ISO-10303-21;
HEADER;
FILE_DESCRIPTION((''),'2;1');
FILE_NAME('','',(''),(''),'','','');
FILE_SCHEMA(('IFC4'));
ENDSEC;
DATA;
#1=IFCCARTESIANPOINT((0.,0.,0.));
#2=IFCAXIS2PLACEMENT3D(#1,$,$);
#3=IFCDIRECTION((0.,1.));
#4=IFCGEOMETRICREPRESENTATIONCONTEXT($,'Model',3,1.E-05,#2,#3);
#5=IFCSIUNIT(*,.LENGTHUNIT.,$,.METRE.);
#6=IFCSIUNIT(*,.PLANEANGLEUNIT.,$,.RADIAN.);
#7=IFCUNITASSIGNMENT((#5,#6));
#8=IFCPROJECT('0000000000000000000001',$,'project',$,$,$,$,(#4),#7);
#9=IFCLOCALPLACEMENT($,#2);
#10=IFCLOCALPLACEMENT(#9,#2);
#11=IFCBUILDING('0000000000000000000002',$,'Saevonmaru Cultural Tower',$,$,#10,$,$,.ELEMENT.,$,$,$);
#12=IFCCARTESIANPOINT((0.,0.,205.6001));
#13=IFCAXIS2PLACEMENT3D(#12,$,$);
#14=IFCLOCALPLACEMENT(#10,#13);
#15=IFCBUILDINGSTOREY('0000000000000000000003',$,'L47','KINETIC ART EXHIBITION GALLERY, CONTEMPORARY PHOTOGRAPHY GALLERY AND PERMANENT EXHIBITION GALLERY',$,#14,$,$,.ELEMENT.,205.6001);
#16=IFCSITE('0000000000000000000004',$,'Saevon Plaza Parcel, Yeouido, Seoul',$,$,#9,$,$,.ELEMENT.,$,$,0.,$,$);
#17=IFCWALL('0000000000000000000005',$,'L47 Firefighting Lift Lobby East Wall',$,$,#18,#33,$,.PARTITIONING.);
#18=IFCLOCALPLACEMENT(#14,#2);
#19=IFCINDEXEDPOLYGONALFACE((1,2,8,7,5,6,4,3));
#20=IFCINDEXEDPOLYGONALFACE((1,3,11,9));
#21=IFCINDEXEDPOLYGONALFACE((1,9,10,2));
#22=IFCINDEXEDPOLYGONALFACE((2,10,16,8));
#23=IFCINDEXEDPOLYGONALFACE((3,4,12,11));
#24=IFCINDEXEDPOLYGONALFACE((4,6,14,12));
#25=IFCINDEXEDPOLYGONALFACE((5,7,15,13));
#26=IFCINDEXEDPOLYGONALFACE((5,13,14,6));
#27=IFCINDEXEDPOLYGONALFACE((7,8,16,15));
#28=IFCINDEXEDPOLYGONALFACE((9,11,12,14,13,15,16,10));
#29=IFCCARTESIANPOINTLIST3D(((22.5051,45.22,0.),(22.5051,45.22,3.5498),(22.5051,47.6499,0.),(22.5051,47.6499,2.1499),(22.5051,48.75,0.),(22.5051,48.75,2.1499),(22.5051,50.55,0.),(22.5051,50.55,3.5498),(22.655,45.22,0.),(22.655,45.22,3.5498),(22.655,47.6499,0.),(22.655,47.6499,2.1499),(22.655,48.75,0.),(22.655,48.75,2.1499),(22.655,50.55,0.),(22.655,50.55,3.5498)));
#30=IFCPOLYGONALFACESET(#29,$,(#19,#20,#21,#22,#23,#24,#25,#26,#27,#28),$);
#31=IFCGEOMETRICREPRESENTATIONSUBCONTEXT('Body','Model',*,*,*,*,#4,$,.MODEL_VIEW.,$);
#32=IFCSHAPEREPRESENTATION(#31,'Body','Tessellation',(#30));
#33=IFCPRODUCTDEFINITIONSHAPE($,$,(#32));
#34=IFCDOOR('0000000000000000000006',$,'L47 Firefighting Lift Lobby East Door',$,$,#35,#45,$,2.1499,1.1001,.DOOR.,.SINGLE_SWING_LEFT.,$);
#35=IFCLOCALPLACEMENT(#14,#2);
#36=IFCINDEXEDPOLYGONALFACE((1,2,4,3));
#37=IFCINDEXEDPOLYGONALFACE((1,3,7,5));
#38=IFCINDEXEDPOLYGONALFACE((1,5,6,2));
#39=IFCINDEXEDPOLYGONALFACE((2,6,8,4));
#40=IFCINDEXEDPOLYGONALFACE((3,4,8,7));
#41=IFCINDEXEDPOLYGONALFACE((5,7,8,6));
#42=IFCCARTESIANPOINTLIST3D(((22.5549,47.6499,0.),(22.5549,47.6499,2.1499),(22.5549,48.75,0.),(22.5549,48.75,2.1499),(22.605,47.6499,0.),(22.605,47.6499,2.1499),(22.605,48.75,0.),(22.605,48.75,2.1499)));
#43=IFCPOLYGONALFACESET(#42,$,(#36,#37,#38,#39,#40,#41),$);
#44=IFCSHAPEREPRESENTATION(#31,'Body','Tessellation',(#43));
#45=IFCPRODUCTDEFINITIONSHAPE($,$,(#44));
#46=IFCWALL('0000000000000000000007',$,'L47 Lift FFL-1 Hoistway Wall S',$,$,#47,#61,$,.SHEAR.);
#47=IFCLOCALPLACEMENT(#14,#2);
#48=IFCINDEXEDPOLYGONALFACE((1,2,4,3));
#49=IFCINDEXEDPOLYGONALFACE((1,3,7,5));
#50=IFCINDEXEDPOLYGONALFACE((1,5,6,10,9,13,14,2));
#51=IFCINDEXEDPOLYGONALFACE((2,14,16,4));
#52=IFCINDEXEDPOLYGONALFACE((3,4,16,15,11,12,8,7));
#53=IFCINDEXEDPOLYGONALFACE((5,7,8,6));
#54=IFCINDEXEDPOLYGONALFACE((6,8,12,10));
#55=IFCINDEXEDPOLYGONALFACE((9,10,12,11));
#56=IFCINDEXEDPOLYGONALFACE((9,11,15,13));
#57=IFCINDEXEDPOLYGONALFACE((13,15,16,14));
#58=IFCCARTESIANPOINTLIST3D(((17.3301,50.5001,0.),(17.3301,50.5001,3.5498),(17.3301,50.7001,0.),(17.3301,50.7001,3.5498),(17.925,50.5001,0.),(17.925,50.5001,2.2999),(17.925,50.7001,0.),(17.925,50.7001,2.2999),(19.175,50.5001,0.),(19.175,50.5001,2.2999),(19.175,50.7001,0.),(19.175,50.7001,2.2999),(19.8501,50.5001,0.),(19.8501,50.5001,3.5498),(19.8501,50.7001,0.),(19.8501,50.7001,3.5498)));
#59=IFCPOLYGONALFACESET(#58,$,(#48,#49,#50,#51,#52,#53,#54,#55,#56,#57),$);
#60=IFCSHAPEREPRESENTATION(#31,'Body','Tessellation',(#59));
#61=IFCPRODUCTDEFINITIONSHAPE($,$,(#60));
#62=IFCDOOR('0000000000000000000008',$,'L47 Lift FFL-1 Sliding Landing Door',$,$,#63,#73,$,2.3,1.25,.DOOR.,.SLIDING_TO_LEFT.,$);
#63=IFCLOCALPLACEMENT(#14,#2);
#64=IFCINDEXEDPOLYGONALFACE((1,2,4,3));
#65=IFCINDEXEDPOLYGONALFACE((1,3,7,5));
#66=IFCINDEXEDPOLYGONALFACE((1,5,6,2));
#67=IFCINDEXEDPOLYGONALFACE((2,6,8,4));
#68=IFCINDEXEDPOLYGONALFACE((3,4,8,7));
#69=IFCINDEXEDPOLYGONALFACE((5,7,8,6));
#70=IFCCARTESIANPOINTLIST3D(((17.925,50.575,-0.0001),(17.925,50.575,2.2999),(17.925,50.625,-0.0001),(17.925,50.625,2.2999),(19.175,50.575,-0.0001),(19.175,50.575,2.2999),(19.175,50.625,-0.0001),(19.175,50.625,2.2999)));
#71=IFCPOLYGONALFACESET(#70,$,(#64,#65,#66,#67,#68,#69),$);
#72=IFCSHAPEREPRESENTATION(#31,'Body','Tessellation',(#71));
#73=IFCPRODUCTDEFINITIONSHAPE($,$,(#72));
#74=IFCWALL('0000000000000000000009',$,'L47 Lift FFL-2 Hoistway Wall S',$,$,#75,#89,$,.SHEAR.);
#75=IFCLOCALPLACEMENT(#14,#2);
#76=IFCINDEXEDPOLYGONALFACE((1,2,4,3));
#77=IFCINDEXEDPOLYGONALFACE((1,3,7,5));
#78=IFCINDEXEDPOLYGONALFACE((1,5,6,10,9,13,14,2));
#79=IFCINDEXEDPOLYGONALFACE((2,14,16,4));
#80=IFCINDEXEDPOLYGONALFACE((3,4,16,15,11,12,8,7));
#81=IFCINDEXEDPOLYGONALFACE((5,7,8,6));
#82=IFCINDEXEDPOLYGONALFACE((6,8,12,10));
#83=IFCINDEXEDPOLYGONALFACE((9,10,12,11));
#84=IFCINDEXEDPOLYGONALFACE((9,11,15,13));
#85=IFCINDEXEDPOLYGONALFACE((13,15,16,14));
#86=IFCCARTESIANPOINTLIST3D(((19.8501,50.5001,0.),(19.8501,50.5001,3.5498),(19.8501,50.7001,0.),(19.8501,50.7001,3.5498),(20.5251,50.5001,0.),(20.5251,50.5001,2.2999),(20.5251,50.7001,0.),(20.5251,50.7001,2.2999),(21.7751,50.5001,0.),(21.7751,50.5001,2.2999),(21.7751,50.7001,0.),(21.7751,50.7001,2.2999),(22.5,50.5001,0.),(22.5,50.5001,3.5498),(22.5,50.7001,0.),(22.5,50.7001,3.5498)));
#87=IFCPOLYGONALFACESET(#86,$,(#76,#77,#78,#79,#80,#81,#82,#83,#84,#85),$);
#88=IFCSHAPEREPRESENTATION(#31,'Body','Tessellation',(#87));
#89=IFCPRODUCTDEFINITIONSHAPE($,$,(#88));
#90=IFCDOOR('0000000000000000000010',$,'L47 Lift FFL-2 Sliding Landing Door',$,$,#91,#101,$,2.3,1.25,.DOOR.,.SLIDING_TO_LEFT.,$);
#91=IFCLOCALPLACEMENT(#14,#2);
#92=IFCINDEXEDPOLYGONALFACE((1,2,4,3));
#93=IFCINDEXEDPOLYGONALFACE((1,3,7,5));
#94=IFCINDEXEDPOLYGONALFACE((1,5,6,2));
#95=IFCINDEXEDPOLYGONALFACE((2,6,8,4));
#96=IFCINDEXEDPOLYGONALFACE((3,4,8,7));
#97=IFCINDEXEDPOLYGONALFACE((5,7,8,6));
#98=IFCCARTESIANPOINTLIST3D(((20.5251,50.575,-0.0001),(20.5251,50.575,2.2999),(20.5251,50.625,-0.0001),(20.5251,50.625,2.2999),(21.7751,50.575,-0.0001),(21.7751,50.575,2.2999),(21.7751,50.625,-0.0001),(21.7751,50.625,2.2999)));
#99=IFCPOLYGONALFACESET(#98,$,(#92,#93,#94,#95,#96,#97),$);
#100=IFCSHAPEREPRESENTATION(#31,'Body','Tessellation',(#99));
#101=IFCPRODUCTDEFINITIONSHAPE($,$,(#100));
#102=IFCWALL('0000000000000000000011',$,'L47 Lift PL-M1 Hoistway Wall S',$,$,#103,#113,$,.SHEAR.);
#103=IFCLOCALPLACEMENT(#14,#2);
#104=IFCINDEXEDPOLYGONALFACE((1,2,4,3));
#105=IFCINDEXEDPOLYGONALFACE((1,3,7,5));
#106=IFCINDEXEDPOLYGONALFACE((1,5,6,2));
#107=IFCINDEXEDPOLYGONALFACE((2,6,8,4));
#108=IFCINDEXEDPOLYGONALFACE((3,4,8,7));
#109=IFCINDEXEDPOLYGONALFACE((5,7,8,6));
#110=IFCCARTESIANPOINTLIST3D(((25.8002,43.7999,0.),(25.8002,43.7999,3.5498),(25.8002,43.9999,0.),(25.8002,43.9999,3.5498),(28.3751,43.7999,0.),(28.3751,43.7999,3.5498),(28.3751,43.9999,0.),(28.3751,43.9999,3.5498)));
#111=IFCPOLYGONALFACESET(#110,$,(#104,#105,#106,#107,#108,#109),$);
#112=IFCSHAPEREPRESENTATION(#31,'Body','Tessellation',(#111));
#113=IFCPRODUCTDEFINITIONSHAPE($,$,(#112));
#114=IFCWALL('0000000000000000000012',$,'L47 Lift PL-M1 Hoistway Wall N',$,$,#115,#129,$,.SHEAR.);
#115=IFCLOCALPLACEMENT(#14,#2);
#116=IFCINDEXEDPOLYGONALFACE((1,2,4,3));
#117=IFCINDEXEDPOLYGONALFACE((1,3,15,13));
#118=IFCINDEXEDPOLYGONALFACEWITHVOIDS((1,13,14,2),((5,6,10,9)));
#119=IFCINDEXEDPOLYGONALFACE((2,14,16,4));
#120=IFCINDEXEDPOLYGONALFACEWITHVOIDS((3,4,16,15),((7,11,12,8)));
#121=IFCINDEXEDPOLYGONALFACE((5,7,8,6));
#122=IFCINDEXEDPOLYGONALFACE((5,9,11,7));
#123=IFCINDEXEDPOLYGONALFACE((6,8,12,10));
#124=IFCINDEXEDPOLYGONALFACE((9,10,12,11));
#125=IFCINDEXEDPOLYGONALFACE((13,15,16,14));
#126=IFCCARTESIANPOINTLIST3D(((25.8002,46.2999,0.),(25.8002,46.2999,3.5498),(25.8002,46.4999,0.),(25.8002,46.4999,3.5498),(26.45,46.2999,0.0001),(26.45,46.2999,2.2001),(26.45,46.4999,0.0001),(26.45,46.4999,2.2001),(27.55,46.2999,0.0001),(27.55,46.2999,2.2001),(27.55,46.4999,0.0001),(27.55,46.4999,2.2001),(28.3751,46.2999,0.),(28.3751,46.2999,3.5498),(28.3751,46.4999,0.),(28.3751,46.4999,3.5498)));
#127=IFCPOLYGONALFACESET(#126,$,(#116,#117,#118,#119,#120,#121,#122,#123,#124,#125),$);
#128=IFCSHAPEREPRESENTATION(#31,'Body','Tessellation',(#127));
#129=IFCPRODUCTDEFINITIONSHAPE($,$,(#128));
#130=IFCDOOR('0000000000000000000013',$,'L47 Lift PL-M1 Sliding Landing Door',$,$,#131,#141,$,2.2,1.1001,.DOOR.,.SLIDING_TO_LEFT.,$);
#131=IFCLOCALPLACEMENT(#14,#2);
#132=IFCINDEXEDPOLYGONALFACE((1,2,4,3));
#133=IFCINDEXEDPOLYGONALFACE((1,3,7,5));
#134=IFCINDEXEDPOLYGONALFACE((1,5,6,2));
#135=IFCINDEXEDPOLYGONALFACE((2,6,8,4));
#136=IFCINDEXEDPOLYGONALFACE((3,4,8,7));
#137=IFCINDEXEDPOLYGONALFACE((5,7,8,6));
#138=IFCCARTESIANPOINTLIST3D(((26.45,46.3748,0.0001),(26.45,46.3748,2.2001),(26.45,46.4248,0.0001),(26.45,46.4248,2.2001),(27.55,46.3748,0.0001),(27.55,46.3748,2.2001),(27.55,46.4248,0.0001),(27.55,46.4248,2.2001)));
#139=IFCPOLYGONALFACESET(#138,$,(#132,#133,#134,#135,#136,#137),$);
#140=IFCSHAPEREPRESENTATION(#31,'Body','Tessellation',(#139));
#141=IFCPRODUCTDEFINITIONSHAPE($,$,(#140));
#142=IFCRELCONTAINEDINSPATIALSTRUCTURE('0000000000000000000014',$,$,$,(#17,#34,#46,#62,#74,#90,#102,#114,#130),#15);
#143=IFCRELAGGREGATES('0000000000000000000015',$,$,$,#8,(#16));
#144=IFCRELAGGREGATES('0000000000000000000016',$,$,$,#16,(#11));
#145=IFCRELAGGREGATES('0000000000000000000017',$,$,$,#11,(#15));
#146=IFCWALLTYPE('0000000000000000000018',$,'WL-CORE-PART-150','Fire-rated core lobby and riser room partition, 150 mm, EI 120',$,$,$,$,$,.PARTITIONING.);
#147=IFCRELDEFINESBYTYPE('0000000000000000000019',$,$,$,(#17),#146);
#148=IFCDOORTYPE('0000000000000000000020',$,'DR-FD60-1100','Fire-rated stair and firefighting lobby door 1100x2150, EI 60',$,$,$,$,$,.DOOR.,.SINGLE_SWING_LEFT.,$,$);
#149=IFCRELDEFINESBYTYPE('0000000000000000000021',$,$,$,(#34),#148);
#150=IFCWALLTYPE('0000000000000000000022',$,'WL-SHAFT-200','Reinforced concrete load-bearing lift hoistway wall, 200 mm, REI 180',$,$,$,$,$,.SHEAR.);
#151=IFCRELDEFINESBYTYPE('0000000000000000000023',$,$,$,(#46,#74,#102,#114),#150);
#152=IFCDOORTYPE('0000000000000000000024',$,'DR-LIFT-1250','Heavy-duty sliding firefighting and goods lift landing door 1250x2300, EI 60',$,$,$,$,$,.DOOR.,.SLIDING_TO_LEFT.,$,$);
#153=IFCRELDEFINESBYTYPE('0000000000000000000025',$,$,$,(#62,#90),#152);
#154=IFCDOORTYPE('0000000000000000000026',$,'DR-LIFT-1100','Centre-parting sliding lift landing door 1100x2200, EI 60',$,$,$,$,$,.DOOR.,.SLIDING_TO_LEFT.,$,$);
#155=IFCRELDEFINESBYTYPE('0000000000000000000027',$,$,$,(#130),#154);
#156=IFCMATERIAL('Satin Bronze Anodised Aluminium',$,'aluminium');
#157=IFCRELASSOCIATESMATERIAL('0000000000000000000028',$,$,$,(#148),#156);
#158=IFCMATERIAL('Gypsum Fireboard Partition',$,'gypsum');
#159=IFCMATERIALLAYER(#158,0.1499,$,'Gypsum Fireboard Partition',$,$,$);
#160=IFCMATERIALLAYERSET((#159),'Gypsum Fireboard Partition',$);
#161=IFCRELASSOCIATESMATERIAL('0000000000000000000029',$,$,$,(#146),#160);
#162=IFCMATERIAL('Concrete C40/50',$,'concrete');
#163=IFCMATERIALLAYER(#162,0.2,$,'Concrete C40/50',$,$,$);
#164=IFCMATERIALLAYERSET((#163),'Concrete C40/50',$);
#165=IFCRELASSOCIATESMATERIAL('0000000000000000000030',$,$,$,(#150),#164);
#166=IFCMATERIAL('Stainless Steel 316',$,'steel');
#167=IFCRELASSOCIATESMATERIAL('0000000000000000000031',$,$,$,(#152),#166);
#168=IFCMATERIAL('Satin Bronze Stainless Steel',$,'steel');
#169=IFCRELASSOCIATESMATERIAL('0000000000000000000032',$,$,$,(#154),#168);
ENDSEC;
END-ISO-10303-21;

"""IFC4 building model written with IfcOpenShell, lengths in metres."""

from ifc_helpers import new_model, si_unit, direction, frame, frame_2d, origin, place, context, subcontext, project, spatial, rectangle, extrude, material, layer, layer_set, type_object, element, fill, save


model = new_model("IFC4")

# Units and contexts
model_context = context("Model", 3, precision=1e-05, world=origin(), true_north=direction((0.0, 1.0)))
body_context = subcontext(model_context, "Body", "Model", "MODEL_VIEW")
ifc_project = project(units=[si_unit("LENGTHUNIT", "METRE"), si_unit("PLANEANGLEUNIT", "RADIAN")], contexts=[model_context])

# Site, building, storey
site_placement = place(None, origin())
site = spatial("IfcSite", under=ifc_project, at=site_placement, Name="Saevon Plaza Parcel, Yeouido, Seoul", CompositionType="ELEMENT", RefElevation=0.0)
building_placement = place(site_placement, origin())
building = spatial("IfcBuilding", under=site, at=building_placement, Name="Saevonmaru Cultural Tower", CompositionType="ELEMENT")
storey_placement = place(building_placement, frame((0.0, 0.0, 205.6001)))
storey = spatial("IfcBuildingStorey", under=building, at=storey_placement, Name="L47", Description="KINETIC ART EXHIBITION GALLERY, CONTEMPORARY PHOTOGRAPHY GALLERY AND PERMANENT EXHIBITION GALLERY", CompositionType="ELEMENT", Elevation=205.6001)

# Shared definitions
ifc_material_1 = material(Name="Satin Bronze Anodised Aluminium", Category="aluminium")
door_type_1 = type_object("IfcDoorType", Name="DR-FD60-1100", Description="Fire-rated stair and firefighting lobby door 1100x2150, EI 60", OperationType="SINGLE_SWING_LEFT", PredefinedType="DOOR", material=ifc_material_1)

# Walls, openings, doors
ifc_material_2 = material(Name="Gypsum Fireboard Partition", Category="gypsum")
ifc_layer_1 = layer(ifc_material_2, 0.1499, Name="Gypsum Fireboard Partition")
ifc_layer_set_1 = layer_set([ifc_layer_1], Name="Gypsum Fireboard Partition")
wall_type_1 = type_object("IfcWallType", Name="WL-CORE-PART-150", Description="Fire-rated core lobby and riser room partition, 150 mm, EI 120", PredefinedType="PARTITIONING", material=ifc_layer_set_1)
wall_1_placement = place(storey_placement, frame((22.5801, 50.55, 0.0), z_axis=(0.0, 0.0, 1.0), x_axis=(0.0, -1.0, 0.0)))
wall_1 = element("IfcWall", 1, at=wall_1_placement, inside=storey, type_object=wall_type_1, Name="L47 Firefighting Lift Lobby East Wall", PredefinedType="PARTITIONING", context=body_context, shape_type="SweptSolid", body=[
    extrude(rectangle(XDim=5.3301, YDim=0.1499, at=frame_2d((2.665, 0.0))), origin(), (0.0, 0.0, 1.0), 3.5498),
])
opening_1_placement = place(wall_1_placement, frame((1.8, 0.0, 0.0)))
opening_1 = element("IfcOpeningElement", 2, at=opening_1_placement, cuts=wall_1, PredefinedType="OPENING", context=body_context, shape_type="SweptSolid", body=[
    extrude(rectangle(XDim=1.1001, YDim=2.1499, at=frame_2d((0.55, 1.075))), frame((0.0, 0.085, 0.0), z_axis=(0.0, -1.0, 0.0), x_axis=(1.0, 0.0, 0.0)), (0.0, 0.0, 1.0), 0.1699),
])
door_1_placement = place(opening_1_placement, origin())
door_1 = element("IfcDoor", 3, at=door_1_placement, inside=storey, type_object=door_type_1, Name="L47 Firefighting Lift Lobby East Door", OperationType="SINGLE_SWING_LEFT", OverallHeight=2.1499, OverallWidth=1.1001, PredefinedType="DOOR", context=body_context, shape_type="SweptSolid", body=[
    extrude(rectangle(XDim=1.1001, YDim=2.1499, at=frame_2d((0.55, 1.075))), frame((0.0, 0.0249, 0.0), z_axis=(0.0, -1.0, 0.0), x_axis=(1.0, 0.0, 0.0)), (0.0, 0.0, 1.0), 0.05),
])
fill(opening_1, door_1)
ifc_material_3 = material(Name="Concrete C40/50", Category="concrete")
ifc_layer_2 = layer(ifc_material_3, 0.2, Name="Concrete C40/50")
ifc_layer_set_2 = layer_set([ifc_layer_2], Name="Concrete C40/50")
wall_type_2 = type_object("IfcWallType", Name="WL-SHAFT-200", Description="Reinforced concrete load-bearing lift hoistway wall, 200 mm, REI 180", PredefinedType="SHEAR", material=ifc_layer_set_2)
wall_2_placement = place(storey_placement, frame((17.3301, 50.6001, 0.0), z_axis=(0.0, 0.0, 1.0), x_axis=(1.0, 0.0, 0.0)))
wall_2 = element("IfcWall", 4, at=wall_2_placement, inside=storey, type_object=wall_type_2, Name="L47 Lift FFL-1 Hoistway Wall S", PredefinedType="SHEAR", context=body_context, shape_type="SweptSolid", body=[
    extrude(rectangle(XDim=2.52, YDim=0.2, at=frame_2d((1.26, 0.0))), origin(), (0.0, 0.0, 1.0), 3.5498),
])
opening_2_placement = place(wall_2_placement, frame((0.595, 0.0, 0.0)))
opening_2 = element("IfcOpeningElement", 5, at=opening_2_placement, cuts=wall_2, PredefinedType="OPENING", context=body_context, shape_type="SweptSolid", body=[
    extrude(rectangle(XDim=1.25, YDim=2.3, at=frame_2d((0.625, 1.1499))), frame((0.0, 0.1099, 0.0), z_axis=(0.0, -1.0, 0.0), x_axis=(1.0, 0.0, 0.0)), (0.0, 0.0, 1.0), 0.22),
])
ifc_material_4 = material(Name="Stainless Steel 316", Category="steel")
door_type_2 = type_object("IfcDoorType", Name="DR-LIFT-1250", Description="Heavy-duty sliding firefighting and goods lift landing door 1250x2300, EI 60", OperationType="SLIDING_TO_LEFT", PredefinedType="DOOR", material=ifc_material_4)
door_2_placement = place(opening_2_placement, origin())
door_2 = element("IfcDoor", 6, at=door_2_placement, inside=storey, type_object=door_type_2, Name="L47 Lift FFL-1 Sliding Landing Door", OperationType="SLIDING_TO_LEFT", OverallHeight=2.3, OverallWidth=1.25, PredefinedType="DOOR", context=body_context, shape_type="SweptSolid", body=[
    extrude(rectangle(XDim=1.25, YDim=2.3, at=frame_2d((0.625, 1.1499))), frame((0.0, 0.0249, 0.0), z_axis=(0.0, -1.0, 0.0), x_axis=(1.0, 0.0, 0.0)), (0.0, 0.0, 1.0), 0.05),
])
fill(opening_2, door_2)
wall_3_placement = place(storey_placement, frame((19.8501, 50.6001, 0.0), z_axis=(0.0, 0.0, 1.0), x_axis=(1.0, 0.0, 0.0)))
wall_3 = element("IfcWall", 7, at=wall_3_placement, inside=storey, type_object=wall_type_2, Name="L47 Lift FFL-2 Hoistway Wall S", PredefinedType="SHEAR", context=body_context, shape_type="SweptSolid", body=[
    extrude(rectangle(XDim=2.6499, YDim=0.2, at=frame_2d((1.325, 0.0))), origin(), (0.0, 0.0, 1.0), 3.5498),
])
opening_3_placement = place(wall_3_placement, frame((0.675, 0.0, 0.0)))
opening_3 = element("IfcOpeningElement", 8, at=opening_3_placement, cuts=wall_3, PredefinedType="OPENING", context=body_context, shape_type="SweptSolid", body=[
    extrude(rectangle(XDim=1.25, YDim=2.3, at=frame_2d((0.625, 1.1499))), frame((0.0, 0.1099, 0.0), z_axis=(0.0, -1.0, 0.0), x_axis=(1.0, 0.0, 0.0)), (0.0, 0.0, 1.0), 0.22),
])
door_3_placement = place(opening_3_placement, origin())
door_3 = element("IfcDoor", 9, at=door_3_placement, inside=storey, type_object=door_type_2, Name="L47 Lift FFL-2 Sliding Landing Door", OperationType="SLIDING_TO_LEFT", OverallHeight=2.3, OverallWidth=1.25, PredefinedType="DOOR", context=body_context, shape_type="SweptSolid", body=[
    extrude(rectangle(XDim=1.25, YDim=2.3, at=frame_2d((0.625, 1.1499))), frame((0.0, 0.0249, 0.0), z_axis=(0.0, -1.0, 0.0), x_axis=(1.0, 0.0, 0.0)), (0.0, 0.0, 1.0), 0.05),
])
fill(opening_3, door_3)

# Wall
wall_4_placement = place(storey_placement, frame((25.8, 43.8999, 0.0), z_axis=(0.0, 0.0, 1.0), x_axis=(1.0, 0.0, 0.0)))
element("IfcWall", 10, at=wall_4_placement, inside=storey, type_object=wall_type_2, Name="L47 Lift PL-M1 Hoistway Wall S", PredefinedType="SHEAR", context=body_context, shape_type="SweptSolid", body=[
    extrude(rectangle(XDim=2.575, YDim=0.2, at=frame_2d((1.2876, 0.0))), origin(), (0.0, 0.0, 1.0), 3.5498),
])

# Wall, opening, door
wall_5_placement = place(storey_placement, frame((25.8, 46.3999, 0.0), z_axis=(0.0, 0.0, 1.0), x_axis=(1.0, 0.0, 0.0)))
wall_5 = element("IfcWall", 11, at=wall_5_placement, inside=storey, type_object=wall_type_2, Name="L47 Lift PL-M1 Hoistway Wall N", PredefinedType="SHEAR", context=body_context, shape_type="SweptSolid", body=[
    extrude(rectangle(XDim=2.575, YDim=0.2, at=frame_2d((1.2876, 0.0))), origin(), (0.0, 0.0, 1.0), 3.5498),
])
opening_4_placement = place(wall_5_placement, frame((0.6499, 0.0, 0.0)))
opening_4 = element("IfcOpeningElement", 12, at=opening_4_placement, cuts=wall_5, PredefinedType="OPENING", context=body_context, shape_type="SweptSolid", body=[
    extrude(rectangle(XDim=1.1001, YDim=2.2, at=frame_2d((0.55, 1.1001))), frame((0.0, 0.1099, 0.0), z_axis=(0.0, -1.0, 0.0), x_axis=(1.0, 0.0, 0.0)), (0.0, 0.0, 1.0), 0.22),
])
ifc_material_5 = material(Name="Satin Bronze Stainless Steel", Category="steel")
door_type_3 = type_object("IfcDoorType", Name="DR-LIFT-1100", Description="Centre-parting sliding lift landing door 1100x2200, EI 60", OperationType="SLIDING_TO_LEFT", PredefinedType="DOOR", material=ifc_material_5)
door_4_placement = place(opening_4_placement, origin())
door_4 = element("IfcDoor", 13, at=door_4_placement, inside=storey, type_object=door_type_3, Name="L47 Lift PL-M1 Sliding Landing Door", OperationType="SLIDING_TO_LEFT", OverallHeight=2.2, OverallWidth=1.1001, PredefinedType="DOOR", context=body_context, shape_type="SweptSolid", body=[
    extrude(rectangle(XDim=1.1001, YDim=2.2, at=frame_2d((0.55, 1.1001))), frame((0.0, 0.0249, 0.0), z_axis=(0.0, -1.0, 0.0), x_axis=(1.0, 0.0, 0.0)), (0.0, 0.0, 1.0), 0.05),
])
fill(opening_4, door_4)

save(model, "model.ifc")
